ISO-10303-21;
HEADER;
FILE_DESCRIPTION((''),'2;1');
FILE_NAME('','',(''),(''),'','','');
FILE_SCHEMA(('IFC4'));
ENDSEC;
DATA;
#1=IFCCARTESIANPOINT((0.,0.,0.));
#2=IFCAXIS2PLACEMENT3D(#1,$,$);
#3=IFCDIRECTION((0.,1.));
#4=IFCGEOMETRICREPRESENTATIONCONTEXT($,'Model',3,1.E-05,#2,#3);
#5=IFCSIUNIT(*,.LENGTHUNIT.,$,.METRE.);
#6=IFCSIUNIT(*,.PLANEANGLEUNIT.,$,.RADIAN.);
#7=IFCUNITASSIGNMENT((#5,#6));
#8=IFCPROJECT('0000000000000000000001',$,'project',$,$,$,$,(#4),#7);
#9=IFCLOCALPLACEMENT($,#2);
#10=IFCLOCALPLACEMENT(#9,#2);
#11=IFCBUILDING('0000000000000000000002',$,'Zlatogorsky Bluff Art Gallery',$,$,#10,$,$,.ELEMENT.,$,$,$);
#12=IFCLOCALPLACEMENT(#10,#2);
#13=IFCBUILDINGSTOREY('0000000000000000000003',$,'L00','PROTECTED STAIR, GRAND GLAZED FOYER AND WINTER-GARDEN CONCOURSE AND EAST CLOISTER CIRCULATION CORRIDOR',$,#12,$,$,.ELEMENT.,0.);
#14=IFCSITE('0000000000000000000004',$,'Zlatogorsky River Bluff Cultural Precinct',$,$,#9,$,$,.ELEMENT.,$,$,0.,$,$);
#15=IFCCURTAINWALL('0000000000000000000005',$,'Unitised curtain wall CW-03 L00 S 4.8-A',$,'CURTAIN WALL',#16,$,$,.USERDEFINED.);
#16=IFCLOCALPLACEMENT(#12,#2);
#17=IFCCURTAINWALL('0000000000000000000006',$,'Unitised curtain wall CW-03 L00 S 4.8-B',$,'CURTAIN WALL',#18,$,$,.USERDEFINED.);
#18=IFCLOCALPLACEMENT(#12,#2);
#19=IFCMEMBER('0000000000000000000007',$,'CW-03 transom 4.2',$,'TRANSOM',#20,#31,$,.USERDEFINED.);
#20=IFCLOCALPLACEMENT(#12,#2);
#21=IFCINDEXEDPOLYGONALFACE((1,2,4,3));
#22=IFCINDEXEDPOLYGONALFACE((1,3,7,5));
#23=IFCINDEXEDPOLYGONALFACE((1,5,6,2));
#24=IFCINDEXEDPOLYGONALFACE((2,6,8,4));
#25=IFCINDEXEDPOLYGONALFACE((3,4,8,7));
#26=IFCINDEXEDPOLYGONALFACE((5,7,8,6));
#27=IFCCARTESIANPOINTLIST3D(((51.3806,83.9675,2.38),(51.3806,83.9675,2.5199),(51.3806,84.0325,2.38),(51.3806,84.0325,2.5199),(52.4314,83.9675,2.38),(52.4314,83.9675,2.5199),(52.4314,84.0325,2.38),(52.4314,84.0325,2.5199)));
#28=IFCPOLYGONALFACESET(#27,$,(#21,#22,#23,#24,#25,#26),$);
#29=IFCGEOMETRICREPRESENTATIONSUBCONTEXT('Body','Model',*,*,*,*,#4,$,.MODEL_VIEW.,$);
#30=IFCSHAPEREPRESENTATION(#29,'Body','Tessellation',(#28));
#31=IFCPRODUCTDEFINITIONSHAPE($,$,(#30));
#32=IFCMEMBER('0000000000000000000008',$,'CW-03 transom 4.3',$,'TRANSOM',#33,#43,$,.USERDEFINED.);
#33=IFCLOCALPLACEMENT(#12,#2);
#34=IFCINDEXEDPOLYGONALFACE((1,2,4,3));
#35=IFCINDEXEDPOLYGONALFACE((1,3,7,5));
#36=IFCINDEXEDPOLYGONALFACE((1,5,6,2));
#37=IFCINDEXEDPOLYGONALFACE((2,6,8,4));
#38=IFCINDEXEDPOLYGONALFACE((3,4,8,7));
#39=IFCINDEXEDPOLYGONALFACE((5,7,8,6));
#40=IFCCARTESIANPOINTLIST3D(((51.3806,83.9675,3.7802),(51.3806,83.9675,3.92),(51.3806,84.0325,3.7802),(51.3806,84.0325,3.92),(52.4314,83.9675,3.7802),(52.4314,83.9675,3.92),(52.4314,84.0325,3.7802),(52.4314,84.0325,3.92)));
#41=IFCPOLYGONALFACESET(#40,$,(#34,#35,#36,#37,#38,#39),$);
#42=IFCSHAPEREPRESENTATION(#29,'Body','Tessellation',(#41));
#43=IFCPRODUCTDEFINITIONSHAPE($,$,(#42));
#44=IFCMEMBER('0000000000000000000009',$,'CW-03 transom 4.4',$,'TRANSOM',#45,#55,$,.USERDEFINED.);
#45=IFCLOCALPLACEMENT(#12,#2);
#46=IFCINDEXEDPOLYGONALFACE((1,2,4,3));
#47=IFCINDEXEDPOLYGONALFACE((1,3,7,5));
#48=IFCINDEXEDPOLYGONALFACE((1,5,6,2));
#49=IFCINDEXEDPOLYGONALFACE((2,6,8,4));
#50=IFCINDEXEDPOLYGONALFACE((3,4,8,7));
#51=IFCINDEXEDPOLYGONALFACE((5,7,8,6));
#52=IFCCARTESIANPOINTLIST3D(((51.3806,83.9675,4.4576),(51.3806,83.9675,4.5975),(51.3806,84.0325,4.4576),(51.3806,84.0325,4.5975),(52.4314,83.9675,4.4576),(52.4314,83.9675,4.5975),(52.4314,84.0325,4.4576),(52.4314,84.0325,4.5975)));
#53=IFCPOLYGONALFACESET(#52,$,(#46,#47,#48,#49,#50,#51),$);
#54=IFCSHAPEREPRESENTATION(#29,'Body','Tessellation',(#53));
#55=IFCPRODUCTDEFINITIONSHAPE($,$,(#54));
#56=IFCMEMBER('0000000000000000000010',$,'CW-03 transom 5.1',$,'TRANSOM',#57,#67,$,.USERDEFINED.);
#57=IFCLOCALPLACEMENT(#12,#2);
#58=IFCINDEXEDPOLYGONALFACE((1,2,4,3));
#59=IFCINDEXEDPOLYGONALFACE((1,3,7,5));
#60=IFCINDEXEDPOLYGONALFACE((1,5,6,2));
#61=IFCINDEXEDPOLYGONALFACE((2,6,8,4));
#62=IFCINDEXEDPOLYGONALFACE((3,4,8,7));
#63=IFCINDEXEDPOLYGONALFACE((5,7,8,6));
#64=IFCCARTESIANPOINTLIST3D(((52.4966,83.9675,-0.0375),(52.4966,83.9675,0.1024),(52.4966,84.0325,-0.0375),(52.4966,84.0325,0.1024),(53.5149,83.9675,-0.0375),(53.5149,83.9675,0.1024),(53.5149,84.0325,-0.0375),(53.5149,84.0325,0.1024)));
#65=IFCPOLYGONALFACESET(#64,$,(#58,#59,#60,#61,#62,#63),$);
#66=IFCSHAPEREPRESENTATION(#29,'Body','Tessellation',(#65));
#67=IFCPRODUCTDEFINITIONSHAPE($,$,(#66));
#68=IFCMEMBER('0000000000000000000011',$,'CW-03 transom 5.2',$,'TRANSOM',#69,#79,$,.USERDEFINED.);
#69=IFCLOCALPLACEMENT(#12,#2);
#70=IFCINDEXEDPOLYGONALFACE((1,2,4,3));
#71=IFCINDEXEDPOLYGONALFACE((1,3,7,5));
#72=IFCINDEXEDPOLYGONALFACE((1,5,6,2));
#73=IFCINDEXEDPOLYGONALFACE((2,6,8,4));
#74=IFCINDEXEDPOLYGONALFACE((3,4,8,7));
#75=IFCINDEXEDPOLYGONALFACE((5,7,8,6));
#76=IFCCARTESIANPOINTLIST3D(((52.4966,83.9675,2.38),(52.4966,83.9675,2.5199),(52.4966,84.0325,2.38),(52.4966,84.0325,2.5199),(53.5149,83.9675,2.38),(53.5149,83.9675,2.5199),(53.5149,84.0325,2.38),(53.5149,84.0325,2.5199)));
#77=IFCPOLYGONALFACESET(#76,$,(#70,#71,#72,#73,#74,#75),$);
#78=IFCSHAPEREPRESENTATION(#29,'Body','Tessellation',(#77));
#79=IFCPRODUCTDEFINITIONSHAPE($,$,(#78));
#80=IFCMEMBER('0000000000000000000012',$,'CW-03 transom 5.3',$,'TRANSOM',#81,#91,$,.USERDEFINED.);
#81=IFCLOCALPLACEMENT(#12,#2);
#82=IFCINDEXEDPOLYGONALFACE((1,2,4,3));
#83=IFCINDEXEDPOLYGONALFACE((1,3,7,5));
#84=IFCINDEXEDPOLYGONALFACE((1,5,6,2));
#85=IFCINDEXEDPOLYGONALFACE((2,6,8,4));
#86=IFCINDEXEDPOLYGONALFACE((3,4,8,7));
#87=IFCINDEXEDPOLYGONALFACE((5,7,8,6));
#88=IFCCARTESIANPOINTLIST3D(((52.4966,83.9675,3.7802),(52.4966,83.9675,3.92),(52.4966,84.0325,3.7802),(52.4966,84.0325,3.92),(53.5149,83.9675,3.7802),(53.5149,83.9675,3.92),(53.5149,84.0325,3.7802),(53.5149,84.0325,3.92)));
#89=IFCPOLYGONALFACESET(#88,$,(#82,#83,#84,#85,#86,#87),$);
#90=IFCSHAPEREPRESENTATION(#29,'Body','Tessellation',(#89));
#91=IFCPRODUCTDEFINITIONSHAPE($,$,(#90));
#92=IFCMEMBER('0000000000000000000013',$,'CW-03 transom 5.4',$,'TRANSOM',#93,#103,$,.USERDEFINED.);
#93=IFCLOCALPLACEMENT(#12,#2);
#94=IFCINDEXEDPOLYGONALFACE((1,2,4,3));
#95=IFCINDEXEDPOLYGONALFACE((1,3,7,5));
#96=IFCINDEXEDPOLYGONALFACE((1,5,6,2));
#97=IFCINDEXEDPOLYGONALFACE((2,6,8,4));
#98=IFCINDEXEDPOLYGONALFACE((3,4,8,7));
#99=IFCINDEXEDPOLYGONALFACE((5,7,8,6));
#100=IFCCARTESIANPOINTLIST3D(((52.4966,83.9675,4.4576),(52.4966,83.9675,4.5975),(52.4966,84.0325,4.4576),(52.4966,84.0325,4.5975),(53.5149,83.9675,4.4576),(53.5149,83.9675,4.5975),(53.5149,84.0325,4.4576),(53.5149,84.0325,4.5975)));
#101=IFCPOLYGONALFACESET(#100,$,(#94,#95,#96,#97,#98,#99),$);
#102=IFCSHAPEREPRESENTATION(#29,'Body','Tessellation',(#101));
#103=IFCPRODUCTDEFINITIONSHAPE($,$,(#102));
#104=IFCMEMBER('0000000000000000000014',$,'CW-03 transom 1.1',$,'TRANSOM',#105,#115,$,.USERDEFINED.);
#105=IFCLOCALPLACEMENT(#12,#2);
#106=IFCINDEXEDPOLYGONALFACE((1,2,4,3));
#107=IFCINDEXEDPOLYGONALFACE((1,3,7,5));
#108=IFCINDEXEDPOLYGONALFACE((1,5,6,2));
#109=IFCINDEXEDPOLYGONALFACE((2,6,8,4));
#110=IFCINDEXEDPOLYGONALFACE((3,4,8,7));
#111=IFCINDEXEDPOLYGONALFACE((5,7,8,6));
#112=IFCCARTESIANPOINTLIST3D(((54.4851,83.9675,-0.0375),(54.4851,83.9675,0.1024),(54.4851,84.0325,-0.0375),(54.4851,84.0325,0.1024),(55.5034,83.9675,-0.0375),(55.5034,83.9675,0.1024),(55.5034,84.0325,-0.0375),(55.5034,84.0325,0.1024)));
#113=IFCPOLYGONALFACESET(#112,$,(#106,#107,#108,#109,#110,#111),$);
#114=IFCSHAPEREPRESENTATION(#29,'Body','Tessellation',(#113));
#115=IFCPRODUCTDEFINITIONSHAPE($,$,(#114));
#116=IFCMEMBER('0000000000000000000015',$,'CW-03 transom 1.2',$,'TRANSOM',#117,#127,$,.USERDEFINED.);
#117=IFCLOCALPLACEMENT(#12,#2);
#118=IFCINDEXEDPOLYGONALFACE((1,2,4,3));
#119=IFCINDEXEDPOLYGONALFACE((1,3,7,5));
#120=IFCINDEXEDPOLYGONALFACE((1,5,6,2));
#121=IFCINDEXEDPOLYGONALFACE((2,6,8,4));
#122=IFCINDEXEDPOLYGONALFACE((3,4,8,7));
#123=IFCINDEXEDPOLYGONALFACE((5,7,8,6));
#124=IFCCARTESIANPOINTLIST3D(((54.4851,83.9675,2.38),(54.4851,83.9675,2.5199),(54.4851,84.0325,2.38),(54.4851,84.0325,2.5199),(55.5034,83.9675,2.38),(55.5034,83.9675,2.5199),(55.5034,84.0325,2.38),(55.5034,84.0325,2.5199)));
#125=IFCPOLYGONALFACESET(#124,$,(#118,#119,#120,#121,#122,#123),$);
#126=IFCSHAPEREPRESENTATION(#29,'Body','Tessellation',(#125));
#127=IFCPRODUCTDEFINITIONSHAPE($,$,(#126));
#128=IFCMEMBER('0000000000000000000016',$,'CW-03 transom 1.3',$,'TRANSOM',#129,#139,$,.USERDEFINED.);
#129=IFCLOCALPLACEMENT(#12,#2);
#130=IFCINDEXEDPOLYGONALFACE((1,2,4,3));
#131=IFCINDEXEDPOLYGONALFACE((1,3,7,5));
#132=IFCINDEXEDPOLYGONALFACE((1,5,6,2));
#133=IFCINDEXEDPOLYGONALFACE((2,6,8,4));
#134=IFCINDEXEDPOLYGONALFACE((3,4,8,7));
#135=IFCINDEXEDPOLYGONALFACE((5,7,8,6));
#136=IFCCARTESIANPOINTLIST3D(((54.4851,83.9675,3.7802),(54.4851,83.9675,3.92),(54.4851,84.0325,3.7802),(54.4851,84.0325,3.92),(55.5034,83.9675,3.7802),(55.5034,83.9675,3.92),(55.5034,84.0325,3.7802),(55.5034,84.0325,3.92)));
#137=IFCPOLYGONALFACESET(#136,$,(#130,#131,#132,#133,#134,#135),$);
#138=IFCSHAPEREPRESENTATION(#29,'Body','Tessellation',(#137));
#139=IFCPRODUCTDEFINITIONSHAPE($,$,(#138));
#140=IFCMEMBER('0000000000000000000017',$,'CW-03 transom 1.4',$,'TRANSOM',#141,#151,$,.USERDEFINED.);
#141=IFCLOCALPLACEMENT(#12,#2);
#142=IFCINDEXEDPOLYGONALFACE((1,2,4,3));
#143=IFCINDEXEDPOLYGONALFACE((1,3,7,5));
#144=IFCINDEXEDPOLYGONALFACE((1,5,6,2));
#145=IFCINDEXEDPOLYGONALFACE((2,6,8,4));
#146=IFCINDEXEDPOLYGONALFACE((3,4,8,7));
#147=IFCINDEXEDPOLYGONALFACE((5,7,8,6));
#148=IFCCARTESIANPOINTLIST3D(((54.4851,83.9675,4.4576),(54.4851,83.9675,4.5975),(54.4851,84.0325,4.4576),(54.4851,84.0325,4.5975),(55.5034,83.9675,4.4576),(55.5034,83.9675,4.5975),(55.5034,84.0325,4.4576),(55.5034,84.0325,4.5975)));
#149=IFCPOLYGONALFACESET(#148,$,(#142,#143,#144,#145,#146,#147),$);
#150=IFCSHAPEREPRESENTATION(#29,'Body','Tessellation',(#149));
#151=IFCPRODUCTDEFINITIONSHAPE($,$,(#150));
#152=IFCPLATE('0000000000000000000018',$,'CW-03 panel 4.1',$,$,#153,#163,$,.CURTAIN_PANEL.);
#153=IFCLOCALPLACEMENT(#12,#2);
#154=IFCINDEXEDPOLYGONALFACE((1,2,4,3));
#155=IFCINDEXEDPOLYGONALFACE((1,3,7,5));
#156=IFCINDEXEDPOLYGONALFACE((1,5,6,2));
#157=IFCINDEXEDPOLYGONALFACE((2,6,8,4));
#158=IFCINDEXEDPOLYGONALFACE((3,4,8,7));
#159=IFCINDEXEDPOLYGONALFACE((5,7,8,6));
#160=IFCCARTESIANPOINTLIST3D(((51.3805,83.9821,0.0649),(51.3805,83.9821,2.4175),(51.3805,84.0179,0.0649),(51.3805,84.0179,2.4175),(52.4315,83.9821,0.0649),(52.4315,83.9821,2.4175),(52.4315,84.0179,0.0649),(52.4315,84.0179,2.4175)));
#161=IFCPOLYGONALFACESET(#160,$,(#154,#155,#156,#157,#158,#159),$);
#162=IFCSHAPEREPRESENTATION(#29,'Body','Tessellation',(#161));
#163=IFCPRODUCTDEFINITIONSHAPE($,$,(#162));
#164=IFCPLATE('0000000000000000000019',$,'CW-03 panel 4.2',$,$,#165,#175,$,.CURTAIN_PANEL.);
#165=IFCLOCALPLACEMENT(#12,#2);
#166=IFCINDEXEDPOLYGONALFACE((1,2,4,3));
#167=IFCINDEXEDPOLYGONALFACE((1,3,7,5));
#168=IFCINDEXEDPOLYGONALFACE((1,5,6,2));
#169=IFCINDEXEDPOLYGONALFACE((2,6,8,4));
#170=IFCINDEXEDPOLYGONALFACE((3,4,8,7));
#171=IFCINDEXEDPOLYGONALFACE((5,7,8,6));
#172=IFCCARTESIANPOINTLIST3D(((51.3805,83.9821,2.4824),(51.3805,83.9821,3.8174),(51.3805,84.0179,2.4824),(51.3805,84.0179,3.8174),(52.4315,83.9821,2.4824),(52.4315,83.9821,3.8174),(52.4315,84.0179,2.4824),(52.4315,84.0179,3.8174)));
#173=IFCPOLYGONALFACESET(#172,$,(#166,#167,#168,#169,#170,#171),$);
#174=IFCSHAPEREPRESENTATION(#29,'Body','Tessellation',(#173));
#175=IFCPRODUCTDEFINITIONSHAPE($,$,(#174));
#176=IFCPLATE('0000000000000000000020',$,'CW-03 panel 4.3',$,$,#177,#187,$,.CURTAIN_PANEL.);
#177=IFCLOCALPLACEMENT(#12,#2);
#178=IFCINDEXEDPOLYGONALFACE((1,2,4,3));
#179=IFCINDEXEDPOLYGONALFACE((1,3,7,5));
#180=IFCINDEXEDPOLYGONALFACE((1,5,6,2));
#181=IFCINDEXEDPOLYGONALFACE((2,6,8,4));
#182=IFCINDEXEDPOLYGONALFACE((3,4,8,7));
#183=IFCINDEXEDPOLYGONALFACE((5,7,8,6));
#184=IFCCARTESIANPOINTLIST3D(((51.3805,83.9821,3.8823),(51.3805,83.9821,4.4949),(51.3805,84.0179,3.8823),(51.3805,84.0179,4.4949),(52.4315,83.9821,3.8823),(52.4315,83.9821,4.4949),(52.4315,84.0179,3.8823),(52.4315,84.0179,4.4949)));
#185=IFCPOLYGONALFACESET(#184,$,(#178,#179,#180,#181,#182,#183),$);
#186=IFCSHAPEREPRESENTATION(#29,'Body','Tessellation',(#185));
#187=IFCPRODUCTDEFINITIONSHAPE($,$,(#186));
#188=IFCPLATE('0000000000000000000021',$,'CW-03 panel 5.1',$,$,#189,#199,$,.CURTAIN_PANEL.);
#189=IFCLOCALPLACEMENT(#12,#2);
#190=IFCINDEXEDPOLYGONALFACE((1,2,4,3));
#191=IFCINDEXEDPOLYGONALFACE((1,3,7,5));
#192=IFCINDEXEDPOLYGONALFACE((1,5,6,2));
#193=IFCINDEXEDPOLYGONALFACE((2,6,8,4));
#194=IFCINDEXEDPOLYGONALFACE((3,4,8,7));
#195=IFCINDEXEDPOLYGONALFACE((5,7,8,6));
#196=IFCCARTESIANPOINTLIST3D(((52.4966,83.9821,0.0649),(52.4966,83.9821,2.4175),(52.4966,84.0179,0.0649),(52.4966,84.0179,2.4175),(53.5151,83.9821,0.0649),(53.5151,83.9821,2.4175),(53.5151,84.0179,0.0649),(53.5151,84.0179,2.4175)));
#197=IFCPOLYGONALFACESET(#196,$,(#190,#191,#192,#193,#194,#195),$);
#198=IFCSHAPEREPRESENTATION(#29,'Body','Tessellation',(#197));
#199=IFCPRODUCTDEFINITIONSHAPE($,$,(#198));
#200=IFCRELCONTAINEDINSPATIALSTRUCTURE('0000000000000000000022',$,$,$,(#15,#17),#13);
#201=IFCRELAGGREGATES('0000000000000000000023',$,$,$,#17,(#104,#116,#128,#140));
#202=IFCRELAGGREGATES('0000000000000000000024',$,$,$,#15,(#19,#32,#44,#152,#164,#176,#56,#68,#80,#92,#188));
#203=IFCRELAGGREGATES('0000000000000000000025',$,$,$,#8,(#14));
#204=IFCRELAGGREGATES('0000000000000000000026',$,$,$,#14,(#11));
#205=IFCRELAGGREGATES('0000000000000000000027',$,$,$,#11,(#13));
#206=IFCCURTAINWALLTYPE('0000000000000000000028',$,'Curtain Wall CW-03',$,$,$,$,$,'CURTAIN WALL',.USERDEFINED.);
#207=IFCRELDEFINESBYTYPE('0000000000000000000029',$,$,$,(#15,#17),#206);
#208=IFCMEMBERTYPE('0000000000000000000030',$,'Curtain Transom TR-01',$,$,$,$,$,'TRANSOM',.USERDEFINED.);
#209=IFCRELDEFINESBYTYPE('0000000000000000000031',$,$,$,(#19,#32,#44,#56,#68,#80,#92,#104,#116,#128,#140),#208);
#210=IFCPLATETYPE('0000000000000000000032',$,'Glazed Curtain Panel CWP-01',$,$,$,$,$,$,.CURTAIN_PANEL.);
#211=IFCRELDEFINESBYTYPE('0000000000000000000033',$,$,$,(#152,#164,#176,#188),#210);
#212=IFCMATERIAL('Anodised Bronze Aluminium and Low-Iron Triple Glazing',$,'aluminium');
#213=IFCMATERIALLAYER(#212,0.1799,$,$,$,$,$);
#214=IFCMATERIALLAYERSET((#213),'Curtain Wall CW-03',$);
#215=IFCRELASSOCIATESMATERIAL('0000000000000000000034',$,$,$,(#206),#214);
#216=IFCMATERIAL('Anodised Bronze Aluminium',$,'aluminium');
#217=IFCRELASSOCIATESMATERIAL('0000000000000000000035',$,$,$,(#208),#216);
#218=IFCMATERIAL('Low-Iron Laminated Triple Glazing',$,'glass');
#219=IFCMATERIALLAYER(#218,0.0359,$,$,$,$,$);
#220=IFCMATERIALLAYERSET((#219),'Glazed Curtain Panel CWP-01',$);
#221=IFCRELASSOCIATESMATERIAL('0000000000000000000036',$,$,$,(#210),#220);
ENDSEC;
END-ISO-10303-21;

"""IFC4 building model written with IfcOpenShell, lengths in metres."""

from ifc_helpers import new_model, si_unit, direction, frame, origin, origin_2d, place, context, subcontext, project, spatial, rectangle, extrude, material, layer, layer_set, material_profile, profile_set, type_object, element, aggregate, save


model = new_model("IFC4")

# Units and contexts
model_context = context("Model", 3, precision=1e-05, world=origin(), true_north=direction((0.0, 1.0)))
body_context = subcontext(model_context, "Body", "Model", "MODEL_VIEW")
ifc_project = project(units=[si_unit("LENGTHUNIT", "METRE"), si_unit("PLANEANGLEUNIT", "RADIAN")], contexts=[model_context])

# Site, building, storey
site_placement = place(None, origin())
site = spatial("IfcSite", under=ifc_project, at=site_placement, Name="Zlatogorsky River Bluff Cultural Precinct", CompositionType="ELEMENT", RefElevation=0.0)
building_placement = place(site_placement, origin())
building = spatial("IfcBuilding", under=site, at=building_placement, Name="Zlatogorsky Bluff Art Gallery", CompositionType="ELEMENT")
storey_placement = place(building_placement, origin())
storey = spatial("IfcBuildingStorey", under=building, at=storey_placement, Name="L00", Description="PROTECTED STAIR, GRAND GLAZED FOYER AND WINTER-GARDEN CONCOURSE AND EAST CLOISTER CIRCULATION CORRIDOR", CompositionType="ELEMENT", Elevation=0.0)

# Curtain wall
ifc_material_1 = material(Name="Anodised Bronze Aluminium and Low-Iron Triple Glazing", Category="aluminium")
ifc_layer_1 = layer(ifc_material_1, 0.1799)
ifc_layer_set_1 = layer_set([ifc_layer_1], Name="Curtain Wall CW-03")
curtain_wall_type = type_object("IfcCurtainWallType", Name="Curtain Wall CW-03", ElementType="CURTAIN WALL", PredefinedType="USERDEFINED", material=ifc_layer_set_1)
curtain_wall_1_placement = place(storey_placement, origin())
curtain_wall_1 = element("IfcCurtainWall", 1, at=curtain_wall_1_placement, inside=storey, type_object=curtain_wall_type, Name="Unitised curtain wall CW-03 L00 S 4.8-A", ObjectType="CURTAIN WALL", PredefinedType="USERDEFINED")
ifc_material_2 = material(Name="Anodised Bronze Aluminium", Category="aluminium")

# Curtain wall
curtain_wall_2_placement = place(storey_placement, origin())
curtain_wall_2 = element("IfcCurtainWall", 2, at=curtain_wall_2_placement, inside=storey, type_object=curtain_wall_type, Name="Unitised curtain wall CW-03 L00 S 4.8-B", ObjectType="CURTAIN WALL", PredefinedType="USERDEFINED")

# Members
ifc_material_profile_1 = material_profile(ifc_material_2, rectangle(XDim=0.0649, YDim=0.1399, at=origin_2d()), Name="ALU TRANSOM 65x140")
ifc_profile_set_1 = profile_set([ifc_material_profile_1], Name="Anodised Bronze Aluminium")
member_type_1 = type_object("IfcMemberType", Name="Curtain Transom TR-01", ElementType="TRANSOM", PredefinedType="USERDEFINED", material=ifc_profile_set_1)
member_1_placement = place(storey_placement, frame((51.3806, 84.0, 2.45), z_axis=(1.0, 0.0, 0.0), x_axis=(0.0, 1.0, 0.0)))
member_1 = element("IfcMember", 3, at=member_1_placement, type_object=member_type_1, Name="CW-03 transom 4.2", ObjectType="TRANSOM", PredefinedType="USERDEFINED", context=body_context, shape_type="SweptSolid", body=[
    extrude(rectangle(XDim=0.0649, YDim=0.1399, at=origin_2d()), origin(), (0.0, 0.0, 1.0), 1.0508),
])
member_2_placement = place(storey_placement, frame((51.3806, 84.0, 3.8501), z_axis=(1.0, 0.0, 0.0), x_axis=(0.0, 1.0, 0.0)))
member_2 = element("IfcMember", 4, at=member_2_placement, type_object=member_type_1, Name="CW-03 transom 4.3", ObjectType="TRANSOM", PredefinedType="USERDEFINED", context=body_context, shape_type="SweptSolid", body=[
    extrude(rectangle(XDim=0.0649, YDim=0.1399, at=origin_2d()), origin(), (0.0, 0.0, 1.0), 1.0508),
])
member_3_placement = place(storey_placement, frame((51.3806, 84.0, 4.5276), z_axis=(1.0, 0.0, 0.0), x_axis=(0.0, 1.0, 0.0)))
member_3 = element("IfcMember", 5, at=member_3_placement, type_object=member_type_1, Name="CW-03 transom 4.4", ObjectType="TRANSOM", PredefinedType="USERDEFINED", context=body_context, shape_type="SweptSolid", body=[
    extrude(rectangle(XDim=0.0649, YDim=0.1399, at=origin_2d()), origin(), (0.0, 0.0, 1.0), 1.0508),
])
member_4_placement = place(storey_placement, frame((52.4966, 84.0, 0.0325), z_axis=(1.0, 0.0, 0.0), x_axis=(0.0, 1.0, 0.0)))
member_4 = element("IfcMember", 6, at=member_4_placement, type_object=member_type_1, Name="CW-03 transom 5.1", ObjectType="TRANSOM", PredefinedType="USERDEFINED", context=body_context, shape_type="SweptSolid", body=[
    extrude(rectangle(XDim=0.0649, YDim=0.1399, at=origin_2d()), origin(), (0.0, 0.0, 1.0), 1.0183),
])
member_5_placement = place(storey_placement, frame((52.4966, 84.0, 2.45), z_axis=(1.0, 0.0, 0.0), x_axis=(0.0, 1.0, 0.0)))
member_5 = element("IfcMember", 7, at=member_5_placement, type_object=member_type_1, Name="CW-03 transom 5.2", ObjectType="TRANSOM", PredefinedType="USERDEFINED", context=body_context, shape_type="SweptSolid", body=[
    extrude(rectangle(XDim=0.0649, YDim=0.1399, at=origin_2d()), origin(), (0.0, 0.0, 1.0), 1.0183),
])
member_6_placement = place(storey_placement, frame((52.4966, 84.0, 3.8501), z_axis=(1.0, 0.0, 0.0), x_axis=(0.0, 1.0, 0.0)))
member_6 = element("IfcMember", 8, at=member_6_placement, type_object=member_type_1, Name="CW-03 transom 5.3", ObjectType="TRANSOM", PredefinedType="USERDEFINED", context=body_context, shape_type="SweptSolid", body=[
    extrude(rectangle(XDim=0.0649, YDim=0.1399, at=origin_2d()), origin(), (0.0, 0.0, 1.0), 1.0183),
])
member_7_placement = place(storey_placement, frame((52.4966, 84.0, 4.5276), z_axis=(1.0, 0.0, 0.0), x_axis=(0.0, 1.0, 0.0)))
member_7 = element("IfcMember", 9, at=member_7_placement, type_object=member_type_1, Name="CW-03 transom 5.4", ObjectType="TRANSOM", PredefinedType="USERDEFINED", context=body_context, shape_type="SweptSolid", body=[
    extrude(rectangle(XDim=0.0649, YDim=0.1399, at=origin_2d()), origin(), (0.0, 0.0, 1.0), 1.0183),
])
member_8_placement = place(storey_placement, frame((54.4851, 84.0, 0.0325), z_axis=(1.0, 0.0, 0.0), x_axis=(0.0, 1.0, 0.0)))
member_8 = element("IfcMember", 10, at=member_8_placement, type_object=member_type_1, Name="CW-03 transom 1.1", ObjectType="TRANSOM", PredefinedType="USERDEFINED", context=body_context, shape_type="SweptSolid", body=[
    extrude(rectangle(XDim=0.0649, YDim=0.1399, at=origin_2d()), origin(), (0.0, 0.0, 1.0), 1.0183),
])
member_9_placement = place(storey_placement, frame((54.4851, 84.0, 2.45), z_axis=(1.0, 0.0, 0.0), x_axis=(0.0, 1.0, 0.0)))
member_9 = element("IfcMember", 11, at=member_9_placement, type_object=member_type_1, Name="CW-03 transom 1.2", ObjectType="TRANSOM", PredefinedType="USERDEFINED", context=body_context, shape_type="SweptSolid", body=[
    extrude(rectangle(XDim=0.0649, YDim=0.1399, at=origin_2d()), origin(), (0.0, 0.0, 1.0), 1.0183),
])
member_10_placement = place(storey_placement, frame((54.4851, 84.0, 3.8501), z_axis=(1.0, 0.0, 0.0), x_axis=(0.0, 1.0, 0.0)))
member_10 = element("IfcMember", 12, at=member_10_placement, type_object=member_type_1, Name="CW-03 transom 1.3", ObjectType="TRANSOM", PredefinedType="USERDEFINED", context=body_context, shape_type="SweptSolid", body=[
    extrude(rectangle(XDim=0.0649, YDim=0.1399, at=origin_2d()), origin(), (0.0, 0.0, 1.0), 1.0183),
])
member_11_placement = place(storey_placement, frame((54.4851, 84.0, 4.5276), z_axis=(1.0, 0.0, 0.0), x_axis=(0.0, 1.0, 0.0)))
member_11 = element("IfcMember", 13, at=member_11_placement, type_object=member_type_1, Name="CW-03 transom 1.4", ObjectType="TRANSOM", PredefinedType="USERDEFINED", context=body_context, shape_type="SweptSolid", body=[
    extrude(rectangle(XDim=0.0649, YDim=0.1399, at=origin_2d()), origin(), (0.0, 0.0, 1.0), 1.0183),
])
aggregate(curtain_wall_2, [member_8, member_9, member_10, member_11])

# Plates
ifc_material_3 = material(Name="Low-Iron Laminated Triple Glazing", Category="glass")
ifc_layer_2 = layer(ifc_material_3, 0.0359)
ifc_layer_set_2 = layer_set([ifc_layer_2], Name="Glazed Curtain Panel CWP-01")
plate_type = type_object("IfcPlateType", Name="Glazed Curtain Panel CWP-01", PredefinedType="CURTAIN_PANEL", material=ifc_layer_set_2)
plate_1_placement = place(storey_placement, frame((51.906, 84.0, 0.0649), z_axis=(0.0, 0.0, 1.0), x_axis=(1.0, 0.0, 0.0)))
plate_1 = element("IfcPlate", 14, at=plate_1_placement, type_object=plate_type, Name="CW-03 panel 4.1", PredefinedType="CURTAIN_PANEL", context=body_context, shape_type="SweptSolid", body=[
    extrude(rectangle(XDim=1.051, YDim=0.0359, at=origin_2d()), origin(), (0.0, 0.0, 1.0), 2.3525),
])
plate_2_placement = place(storey_placement, frame((51.906, 84.0, 2.4824), z_axis=(0.0, 0.0, 1.0), x_axis=(1.0, 0.0, 0.0)))
plate_2 = element("IfcPlate", 15, at=plate_2_placement, type_object=plate_type, Name="CW-03 panel 4.2", PredefinedType="CURTAIN_PANEL", context=body_context, shape_type="SweptSolid", body=[
    extrude(rectangle(XDim=1.051, YDim=0.0359, at=origin_2d()), origin(), (0.0, 0.0, 1.0), 1.335),
])
plate_3_placement = place(storey_placement, frame((51.906, 84.0, 3.8823), z_axis=(0.0, 0.0, 1.0), x_axis=(1.0, 0.0, 0.0)))
plate_3 = element("IfcPlate", 16, at=plate_3_placement, type_object=plate_type, Name="CW-03 panel 4.3", PredefinedType="CURTAIN_PANEL", context=body_context, shape_type="SweptSolid", body=[
    extrude(rectangle(XDim=1.051, YDim=0.0359, at=origin_2d()), origin(), (0.0, 0.0, 1.0), 0.6125),
])
plate_4_placement = place(storey_placement, frame((53.0059, 84.0, 0.0649), z_axis=(0.0, 0.0, 1.0), x_axis=(1.0, 0.0, 0.0)))
plate_4 = element("IfcPlate", 17, at=plate_4_placement, type_object=plate_type, Name="CW-03 panel 5.1", PredefinedType="CURTAIN_PANEL", context=body_context, shape_type="SweptSolid", body=[
    extrude(rectangle(XDim=1.0186, YDim=0.0359, at=origin_2d()), origin(), (0.0, 0.0, 1.0), 2.3525),
])
aggregate(curtain_wall_1, [member_1, member_2, member_3, plate_1, plate_2, plate_3, member_4, member_5, member_6, member_7, plate_4])

save(model, "model.ifc")
